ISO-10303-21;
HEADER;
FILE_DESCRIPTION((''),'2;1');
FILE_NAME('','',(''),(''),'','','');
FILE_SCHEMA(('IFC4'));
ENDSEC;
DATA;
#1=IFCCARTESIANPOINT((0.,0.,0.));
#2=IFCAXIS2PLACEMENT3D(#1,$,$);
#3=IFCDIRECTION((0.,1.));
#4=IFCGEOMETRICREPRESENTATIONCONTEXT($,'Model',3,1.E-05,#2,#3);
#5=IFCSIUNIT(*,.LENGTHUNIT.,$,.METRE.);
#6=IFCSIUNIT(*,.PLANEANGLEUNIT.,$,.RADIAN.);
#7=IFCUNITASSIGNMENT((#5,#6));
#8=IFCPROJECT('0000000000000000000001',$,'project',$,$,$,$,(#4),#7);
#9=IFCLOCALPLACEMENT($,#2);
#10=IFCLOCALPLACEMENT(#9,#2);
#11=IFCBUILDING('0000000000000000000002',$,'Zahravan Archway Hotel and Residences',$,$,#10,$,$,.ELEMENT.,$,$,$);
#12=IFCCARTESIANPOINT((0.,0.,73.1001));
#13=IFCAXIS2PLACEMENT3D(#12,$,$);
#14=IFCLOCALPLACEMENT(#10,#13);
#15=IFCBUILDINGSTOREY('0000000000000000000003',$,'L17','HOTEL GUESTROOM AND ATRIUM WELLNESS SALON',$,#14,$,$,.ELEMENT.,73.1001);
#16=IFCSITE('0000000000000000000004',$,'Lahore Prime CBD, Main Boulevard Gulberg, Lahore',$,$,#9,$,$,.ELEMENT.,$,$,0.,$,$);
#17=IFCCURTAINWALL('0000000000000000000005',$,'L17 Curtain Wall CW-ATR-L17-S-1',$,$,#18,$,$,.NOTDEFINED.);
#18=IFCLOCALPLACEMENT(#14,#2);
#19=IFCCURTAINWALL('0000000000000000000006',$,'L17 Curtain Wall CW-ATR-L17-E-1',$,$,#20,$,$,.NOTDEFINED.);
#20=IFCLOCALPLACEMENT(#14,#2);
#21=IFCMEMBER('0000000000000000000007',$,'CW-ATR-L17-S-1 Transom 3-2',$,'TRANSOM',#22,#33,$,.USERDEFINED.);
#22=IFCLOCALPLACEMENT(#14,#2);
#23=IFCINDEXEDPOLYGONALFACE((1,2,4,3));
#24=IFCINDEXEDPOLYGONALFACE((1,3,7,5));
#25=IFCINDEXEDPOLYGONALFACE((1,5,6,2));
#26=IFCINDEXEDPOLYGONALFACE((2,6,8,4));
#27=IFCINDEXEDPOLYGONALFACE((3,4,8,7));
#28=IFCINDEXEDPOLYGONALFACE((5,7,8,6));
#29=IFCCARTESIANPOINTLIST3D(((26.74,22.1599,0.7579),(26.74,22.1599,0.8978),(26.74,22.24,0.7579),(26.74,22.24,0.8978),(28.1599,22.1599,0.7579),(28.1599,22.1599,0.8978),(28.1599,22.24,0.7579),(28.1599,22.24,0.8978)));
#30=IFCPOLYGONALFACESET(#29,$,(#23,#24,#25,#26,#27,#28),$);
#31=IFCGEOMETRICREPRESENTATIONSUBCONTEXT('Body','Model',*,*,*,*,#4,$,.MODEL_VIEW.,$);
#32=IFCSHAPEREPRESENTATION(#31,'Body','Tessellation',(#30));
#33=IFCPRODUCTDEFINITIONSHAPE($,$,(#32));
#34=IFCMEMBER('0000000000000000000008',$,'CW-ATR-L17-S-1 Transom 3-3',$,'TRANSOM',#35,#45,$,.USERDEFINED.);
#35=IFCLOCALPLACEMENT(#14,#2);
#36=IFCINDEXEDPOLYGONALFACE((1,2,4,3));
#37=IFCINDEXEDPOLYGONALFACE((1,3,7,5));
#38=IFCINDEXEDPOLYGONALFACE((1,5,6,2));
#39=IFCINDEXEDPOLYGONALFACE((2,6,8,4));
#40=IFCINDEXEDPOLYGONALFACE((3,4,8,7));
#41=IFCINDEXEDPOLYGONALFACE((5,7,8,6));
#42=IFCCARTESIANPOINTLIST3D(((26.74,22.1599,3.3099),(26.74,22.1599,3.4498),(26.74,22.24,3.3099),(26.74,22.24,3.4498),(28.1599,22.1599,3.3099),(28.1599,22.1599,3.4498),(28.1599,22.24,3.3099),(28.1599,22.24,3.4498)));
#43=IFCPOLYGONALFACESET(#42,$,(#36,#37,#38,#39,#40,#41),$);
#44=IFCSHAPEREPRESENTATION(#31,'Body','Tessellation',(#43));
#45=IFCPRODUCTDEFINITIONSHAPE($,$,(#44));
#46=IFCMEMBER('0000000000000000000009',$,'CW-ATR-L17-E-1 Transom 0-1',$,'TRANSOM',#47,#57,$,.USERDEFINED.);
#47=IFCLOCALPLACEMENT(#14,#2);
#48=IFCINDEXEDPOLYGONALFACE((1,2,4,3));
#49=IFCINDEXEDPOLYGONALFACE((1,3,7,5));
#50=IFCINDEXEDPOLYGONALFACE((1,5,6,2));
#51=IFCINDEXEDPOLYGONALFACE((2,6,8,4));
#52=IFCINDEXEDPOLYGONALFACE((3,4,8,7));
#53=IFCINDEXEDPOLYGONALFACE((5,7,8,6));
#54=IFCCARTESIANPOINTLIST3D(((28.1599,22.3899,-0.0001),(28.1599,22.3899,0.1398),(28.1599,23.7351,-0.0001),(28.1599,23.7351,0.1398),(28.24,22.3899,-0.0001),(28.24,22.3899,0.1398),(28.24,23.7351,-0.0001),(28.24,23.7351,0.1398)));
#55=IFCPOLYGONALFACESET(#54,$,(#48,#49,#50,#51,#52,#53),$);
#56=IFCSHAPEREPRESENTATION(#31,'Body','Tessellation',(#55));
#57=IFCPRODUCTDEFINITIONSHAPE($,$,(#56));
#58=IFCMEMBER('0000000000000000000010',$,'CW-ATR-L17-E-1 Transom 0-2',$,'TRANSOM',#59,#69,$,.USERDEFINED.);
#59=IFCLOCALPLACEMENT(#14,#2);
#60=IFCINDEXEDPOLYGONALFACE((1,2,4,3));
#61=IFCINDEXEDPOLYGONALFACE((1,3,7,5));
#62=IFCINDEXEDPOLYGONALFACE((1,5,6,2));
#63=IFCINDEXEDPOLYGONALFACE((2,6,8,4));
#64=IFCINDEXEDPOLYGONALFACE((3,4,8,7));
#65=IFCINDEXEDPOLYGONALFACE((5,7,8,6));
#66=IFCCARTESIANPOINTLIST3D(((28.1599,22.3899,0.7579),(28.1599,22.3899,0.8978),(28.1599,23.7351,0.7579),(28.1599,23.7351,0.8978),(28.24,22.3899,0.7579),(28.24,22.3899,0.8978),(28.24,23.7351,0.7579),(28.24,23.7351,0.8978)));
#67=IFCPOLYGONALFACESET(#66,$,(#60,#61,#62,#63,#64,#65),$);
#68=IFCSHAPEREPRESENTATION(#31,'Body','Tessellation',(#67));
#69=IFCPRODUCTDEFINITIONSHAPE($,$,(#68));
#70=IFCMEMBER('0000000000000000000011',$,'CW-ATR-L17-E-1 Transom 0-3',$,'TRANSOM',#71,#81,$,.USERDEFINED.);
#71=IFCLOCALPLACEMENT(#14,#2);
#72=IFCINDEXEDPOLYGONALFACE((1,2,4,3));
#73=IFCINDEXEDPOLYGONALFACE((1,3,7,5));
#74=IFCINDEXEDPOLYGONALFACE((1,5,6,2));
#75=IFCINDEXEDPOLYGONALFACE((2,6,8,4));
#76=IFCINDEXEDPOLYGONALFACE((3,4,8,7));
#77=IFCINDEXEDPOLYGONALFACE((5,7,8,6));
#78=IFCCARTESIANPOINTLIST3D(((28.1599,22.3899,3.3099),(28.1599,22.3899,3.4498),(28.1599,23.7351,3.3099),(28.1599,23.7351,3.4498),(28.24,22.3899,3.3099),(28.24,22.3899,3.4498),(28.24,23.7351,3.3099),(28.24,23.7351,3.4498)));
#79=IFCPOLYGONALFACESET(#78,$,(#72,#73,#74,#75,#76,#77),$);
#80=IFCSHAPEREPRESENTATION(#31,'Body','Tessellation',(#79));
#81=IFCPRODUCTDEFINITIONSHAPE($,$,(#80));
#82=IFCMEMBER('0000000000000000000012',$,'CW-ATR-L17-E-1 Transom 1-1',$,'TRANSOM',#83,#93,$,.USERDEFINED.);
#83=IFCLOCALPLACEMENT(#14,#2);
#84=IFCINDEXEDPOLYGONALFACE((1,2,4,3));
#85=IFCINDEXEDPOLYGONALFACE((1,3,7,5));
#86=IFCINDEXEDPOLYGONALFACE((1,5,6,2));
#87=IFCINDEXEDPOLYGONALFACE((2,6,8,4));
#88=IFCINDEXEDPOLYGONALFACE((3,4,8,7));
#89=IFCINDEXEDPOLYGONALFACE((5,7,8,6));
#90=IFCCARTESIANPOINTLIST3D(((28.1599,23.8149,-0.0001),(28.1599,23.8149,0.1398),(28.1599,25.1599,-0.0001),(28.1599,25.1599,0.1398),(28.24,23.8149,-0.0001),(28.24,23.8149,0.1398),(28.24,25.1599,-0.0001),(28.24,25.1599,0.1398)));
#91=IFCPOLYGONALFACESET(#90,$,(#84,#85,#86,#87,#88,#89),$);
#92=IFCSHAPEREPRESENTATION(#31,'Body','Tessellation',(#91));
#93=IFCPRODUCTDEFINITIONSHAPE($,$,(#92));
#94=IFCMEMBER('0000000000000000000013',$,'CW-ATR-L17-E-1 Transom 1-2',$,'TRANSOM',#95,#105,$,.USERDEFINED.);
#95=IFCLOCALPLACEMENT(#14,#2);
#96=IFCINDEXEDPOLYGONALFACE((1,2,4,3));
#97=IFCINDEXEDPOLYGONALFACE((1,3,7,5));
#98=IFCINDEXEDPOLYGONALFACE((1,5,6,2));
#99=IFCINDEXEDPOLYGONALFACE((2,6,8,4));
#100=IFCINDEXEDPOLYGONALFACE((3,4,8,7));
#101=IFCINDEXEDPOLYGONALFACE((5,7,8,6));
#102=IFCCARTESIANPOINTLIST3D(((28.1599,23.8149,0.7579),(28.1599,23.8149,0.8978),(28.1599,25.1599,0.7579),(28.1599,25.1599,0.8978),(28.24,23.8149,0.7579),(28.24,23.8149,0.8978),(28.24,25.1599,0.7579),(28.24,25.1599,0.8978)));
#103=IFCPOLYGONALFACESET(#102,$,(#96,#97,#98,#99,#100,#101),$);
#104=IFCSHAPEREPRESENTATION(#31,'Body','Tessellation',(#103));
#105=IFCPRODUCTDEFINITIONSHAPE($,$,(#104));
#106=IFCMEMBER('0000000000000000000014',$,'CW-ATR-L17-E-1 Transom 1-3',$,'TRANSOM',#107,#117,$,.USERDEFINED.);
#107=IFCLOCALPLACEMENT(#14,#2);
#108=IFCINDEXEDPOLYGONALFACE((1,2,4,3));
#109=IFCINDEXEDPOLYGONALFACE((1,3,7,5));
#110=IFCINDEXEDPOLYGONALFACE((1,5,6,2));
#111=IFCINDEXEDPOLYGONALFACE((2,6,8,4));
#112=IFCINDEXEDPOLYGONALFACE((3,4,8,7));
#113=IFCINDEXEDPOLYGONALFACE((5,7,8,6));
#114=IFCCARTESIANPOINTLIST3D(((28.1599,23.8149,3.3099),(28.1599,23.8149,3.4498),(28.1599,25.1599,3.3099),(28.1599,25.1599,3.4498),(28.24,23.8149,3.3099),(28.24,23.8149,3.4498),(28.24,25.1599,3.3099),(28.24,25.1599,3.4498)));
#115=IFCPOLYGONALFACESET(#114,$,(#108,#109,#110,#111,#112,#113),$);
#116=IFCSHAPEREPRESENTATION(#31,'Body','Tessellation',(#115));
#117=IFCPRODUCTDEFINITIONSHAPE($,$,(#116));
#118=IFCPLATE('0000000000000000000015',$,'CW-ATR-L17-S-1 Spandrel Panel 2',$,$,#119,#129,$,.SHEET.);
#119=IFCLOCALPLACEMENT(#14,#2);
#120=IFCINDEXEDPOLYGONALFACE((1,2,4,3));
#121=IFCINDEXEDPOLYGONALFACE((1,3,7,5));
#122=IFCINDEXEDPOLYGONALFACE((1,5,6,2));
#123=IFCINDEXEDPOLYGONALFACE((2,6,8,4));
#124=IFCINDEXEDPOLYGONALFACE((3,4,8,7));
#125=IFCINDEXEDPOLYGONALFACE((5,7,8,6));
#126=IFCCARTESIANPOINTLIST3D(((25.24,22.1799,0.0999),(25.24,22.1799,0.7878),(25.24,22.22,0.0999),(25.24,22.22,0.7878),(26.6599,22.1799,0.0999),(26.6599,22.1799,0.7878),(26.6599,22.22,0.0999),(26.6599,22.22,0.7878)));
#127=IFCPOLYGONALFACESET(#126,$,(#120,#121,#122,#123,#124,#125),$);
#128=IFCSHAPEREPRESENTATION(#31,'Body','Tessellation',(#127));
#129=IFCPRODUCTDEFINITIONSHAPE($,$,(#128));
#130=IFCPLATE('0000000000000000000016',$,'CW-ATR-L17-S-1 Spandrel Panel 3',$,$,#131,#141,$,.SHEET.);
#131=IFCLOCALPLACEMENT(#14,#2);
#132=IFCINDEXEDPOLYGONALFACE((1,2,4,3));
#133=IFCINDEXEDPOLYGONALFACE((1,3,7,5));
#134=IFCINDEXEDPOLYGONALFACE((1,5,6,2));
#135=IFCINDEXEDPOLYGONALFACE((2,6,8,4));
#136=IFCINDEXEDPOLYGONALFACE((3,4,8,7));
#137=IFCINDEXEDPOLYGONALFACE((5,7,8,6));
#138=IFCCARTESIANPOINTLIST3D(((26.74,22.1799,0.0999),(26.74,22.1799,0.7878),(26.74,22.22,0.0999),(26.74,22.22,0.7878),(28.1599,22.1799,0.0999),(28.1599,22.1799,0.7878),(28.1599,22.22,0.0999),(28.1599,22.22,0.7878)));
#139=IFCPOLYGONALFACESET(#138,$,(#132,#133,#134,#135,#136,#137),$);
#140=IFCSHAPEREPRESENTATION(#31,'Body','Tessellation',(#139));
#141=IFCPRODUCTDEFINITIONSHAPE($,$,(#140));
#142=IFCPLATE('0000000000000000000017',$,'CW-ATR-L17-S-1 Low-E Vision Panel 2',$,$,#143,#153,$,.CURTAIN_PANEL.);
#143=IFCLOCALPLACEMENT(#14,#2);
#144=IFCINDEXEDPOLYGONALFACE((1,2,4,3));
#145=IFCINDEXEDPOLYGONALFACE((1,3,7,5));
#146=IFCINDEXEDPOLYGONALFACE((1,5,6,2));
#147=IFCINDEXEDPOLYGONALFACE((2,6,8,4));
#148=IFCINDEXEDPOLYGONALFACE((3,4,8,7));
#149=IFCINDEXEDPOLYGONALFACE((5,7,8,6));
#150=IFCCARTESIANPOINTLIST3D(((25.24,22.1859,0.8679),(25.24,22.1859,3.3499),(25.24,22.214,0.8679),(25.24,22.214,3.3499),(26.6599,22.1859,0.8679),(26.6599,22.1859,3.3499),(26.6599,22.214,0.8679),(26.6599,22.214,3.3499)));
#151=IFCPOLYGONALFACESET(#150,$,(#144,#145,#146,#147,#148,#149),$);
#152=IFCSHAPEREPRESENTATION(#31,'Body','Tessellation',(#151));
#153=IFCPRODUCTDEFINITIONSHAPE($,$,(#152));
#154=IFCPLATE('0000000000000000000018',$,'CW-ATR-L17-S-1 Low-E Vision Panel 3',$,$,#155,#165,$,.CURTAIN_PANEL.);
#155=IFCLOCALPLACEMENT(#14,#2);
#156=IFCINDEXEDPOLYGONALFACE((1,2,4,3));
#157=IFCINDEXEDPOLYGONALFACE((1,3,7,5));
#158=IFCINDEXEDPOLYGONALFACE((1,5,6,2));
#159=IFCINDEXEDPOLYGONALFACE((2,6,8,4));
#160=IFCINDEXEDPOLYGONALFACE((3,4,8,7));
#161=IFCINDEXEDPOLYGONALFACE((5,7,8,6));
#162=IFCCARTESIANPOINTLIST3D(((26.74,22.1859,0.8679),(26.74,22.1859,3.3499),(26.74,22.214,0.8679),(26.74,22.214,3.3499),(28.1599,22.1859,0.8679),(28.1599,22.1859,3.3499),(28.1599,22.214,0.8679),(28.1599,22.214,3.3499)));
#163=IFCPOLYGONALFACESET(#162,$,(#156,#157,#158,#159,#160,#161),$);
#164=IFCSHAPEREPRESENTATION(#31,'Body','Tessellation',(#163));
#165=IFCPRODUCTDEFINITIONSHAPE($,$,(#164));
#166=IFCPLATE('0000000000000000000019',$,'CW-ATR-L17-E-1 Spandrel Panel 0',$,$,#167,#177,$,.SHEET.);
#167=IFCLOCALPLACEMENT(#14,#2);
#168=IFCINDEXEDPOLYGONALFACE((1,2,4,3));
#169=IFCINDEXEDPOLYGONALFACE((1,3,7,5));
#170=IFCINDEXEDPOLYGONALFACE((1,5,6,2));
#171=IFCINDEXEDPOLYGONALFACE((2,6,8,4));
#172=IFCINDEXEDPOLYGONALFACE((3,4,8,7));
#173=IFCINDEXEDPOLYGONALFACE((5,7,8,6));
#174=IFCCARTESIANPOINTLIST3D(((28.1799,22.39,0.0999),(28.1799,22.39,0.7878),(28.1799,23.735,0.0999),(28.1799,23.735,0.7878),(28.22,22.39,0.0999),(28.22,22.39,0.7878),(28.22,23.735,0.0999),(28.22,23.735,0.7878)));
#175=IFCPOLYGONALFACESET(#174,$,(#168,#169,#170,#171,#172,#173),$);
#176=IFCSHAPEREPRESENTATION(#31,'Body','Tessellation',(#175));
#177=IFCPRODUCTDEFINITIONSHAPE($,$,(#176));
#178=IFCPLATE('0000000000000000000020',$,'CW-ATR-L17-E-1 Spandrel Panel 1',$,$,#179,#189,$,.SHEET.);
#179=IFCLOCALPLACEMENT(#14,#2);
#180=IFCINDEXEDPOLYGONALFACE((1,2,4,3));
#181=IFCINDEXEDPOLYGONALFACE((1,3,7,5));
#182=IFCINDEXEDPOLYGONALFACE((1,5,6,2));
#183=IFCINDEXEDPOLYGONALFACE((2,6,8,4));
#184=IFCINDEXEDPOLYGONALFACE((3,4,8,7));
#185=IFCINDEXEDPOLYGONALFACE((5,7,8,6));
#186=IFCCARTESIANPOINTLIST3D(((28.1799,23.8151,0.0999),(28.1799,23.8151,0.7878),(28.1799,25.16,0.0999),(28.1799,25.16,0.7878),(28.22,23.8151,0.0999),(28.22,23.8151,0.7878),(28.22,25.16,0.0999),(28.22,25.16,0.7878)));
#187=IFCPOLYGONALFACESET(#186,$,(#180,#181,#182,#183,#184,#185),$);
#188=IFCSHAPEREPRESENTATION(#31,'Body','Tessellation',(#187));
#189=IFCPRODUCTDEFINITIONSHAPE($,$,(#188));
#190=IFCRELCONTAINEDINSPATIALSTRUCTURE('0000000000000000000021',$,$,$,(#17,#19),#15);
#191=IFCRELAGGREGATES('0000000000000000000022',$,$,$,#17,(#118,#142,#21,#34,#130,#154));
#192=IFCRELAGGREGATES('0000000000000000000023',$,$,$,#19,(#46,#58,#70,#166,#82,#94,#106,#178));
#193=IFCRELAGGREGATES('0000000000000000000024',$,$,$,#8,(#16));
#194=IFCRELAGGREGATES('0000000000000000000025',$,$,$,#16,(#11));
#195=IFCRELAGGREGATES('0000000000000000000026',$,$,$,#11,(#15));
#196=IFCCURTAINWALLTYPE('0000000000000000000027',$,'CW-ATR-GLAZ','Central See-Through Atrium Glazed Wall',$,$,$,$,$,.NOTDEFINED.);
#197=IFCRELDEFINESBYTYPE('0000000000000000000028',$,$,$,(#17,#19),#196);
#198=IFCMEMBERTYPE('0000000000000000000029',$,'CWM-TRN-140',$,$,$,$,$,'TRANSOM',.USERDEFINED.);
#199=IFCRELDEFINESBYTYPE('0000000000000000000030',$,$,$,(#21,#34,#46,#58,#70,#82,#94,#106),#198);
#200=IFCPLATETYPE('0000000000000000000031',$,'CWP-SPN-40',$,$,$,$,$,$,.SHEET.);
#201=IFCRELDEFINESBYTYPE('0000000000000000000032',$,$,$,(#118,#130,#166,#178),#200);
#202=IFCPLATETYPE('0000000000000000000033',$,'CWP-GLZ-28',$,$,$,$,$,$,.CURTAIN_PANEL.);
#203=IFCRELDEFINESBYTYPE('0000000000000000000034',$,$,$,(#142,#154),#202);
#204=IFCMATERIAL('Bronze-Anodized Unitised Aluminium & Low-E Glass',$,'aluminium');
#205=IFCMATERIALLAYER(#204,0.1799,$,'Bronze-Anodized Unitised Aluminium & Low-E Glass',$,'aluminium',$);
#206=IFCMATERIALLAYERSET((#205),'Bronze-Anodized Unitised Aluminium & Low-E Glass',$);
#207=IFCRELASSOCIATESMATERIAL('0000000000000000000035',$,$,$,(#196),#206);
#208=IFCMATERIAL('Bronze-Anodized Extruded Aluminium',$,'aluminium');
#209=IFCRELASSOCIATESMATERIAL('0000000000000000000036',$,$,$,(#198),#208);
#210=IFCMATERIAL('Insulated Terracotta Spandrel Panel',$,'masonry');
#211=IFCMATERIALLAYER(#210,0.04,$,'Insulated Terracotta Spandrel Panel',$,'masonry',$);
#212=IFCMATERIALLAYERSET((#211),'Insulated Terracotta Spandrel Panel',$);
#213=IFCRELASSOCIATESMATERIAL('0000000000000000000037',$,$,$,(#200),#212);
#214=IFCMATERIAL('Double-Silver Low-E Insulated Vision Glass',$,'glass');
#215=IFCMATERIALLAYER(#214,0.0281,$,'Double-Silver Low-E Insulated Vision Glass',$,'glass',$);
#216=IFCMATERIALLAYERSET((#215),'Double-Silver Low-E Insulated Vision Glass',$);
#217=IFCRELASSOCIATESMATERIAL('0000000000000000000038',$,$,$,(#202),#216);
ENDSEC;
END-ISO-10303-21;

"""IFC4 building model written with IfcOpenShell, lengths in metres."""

from ifc_helpers import new_model, si_unit, direction, frame, origin, origin_2d, place, context, subcontext, project, spatial, rectangle, extrude, source, transform, mapped, material, layer, layer_set, material_profile, profile_set, type_object, element, aggregate, save


model = new_model("IFC4")

# Units and contexts
model_context = context("Model", 3, precision=1e-05, world=origin(), true_north=direction((0.0, 1.0)))
body_context = subcontext(model_context, "Body", "Model", "MODEL_VIEW")
ifc_project = project(units=[si_unit("LENGTHUNIT", "METRE"), si_unit("PLANEANGLEUNIT", "RADIAN")], contexts=[model_context])

# Site, building, storey
site_placement = place(None, origin())
site = spatial("IfcSite", under=ifc_project, at=site_placement, Name="Lahore Prime CBD, Main Boulevard Gulberg, Lahore", CompositionType="ELEMENT", RefElevation=0.0)
building_placement = place(site_placement, origin())
building = spatial("IfcBuilding", under=site, at=building_placement, Name="Zahravan Archway Hotel and Residences", CompositionType="ELEMENT")
storey_placement = place(building_placement, frame((0.0, 0.0, 73.1001)))
storey = spatial("IfcBuildingStorey", under=building, at=storey_placement, Name="L17", Description="HOTEL GUESTROOM AND ATRIUM WELLNESS SALON", CompositionType="ELEMENT", Elevation=73.1001)

# Curtain walls
ifc_material_1 = material(Name="Bronze-Anodized Unitised Aluminium & Low-E Glass", Category="aluminium")
ifc_layer_1 = layer(ifc_material_1, 0.1799, Name="Bronze-Anodized Unitised Aluminium & Low-E Glass", Category="aluminium")
ifc_layer_set_1 = layer_set([ifc_layer_1], Name="Bronze-Anodized Unitised Aluminium & Low-E Glass")
curtain_wall_type = type_object("IfcCurtainWallType", Name="CW-ATR-GLAZ", Description="Central See-Through Atrium Glazed Wall", PredefinedType="NOTDEFINED", material=ifc_layer_set_1)
curtain_wall_1_placement = place(storey_placement, origin())
curtain_wall_1 = element("IfcCurtainWall", 1, at=curtain_wall_1_placement, inside=storey, type_object=curtain_wall_type, Name="L17 Curtain Wall CW-ATR-L17-S-1", PredefinedType="NOTDEFINED")
ifc_material_2 = material(Name="Bronze-Anodized Extruded Aluminium", Category="aluminium")
curtain_wall_2_placement = place(storey_placement, origin())
curtain_wall_2 = element("IfcCurtainWall", 2, at=curtain_wall_2_placement, inside=storey, type_object=curtain_wall_type, Name="L17 Curtain Wall CW-ATR-L17-E-1", PredefinedType="NOTDEFINED")

# Members
ifc_material_profile_1 = material_profile(ifc_material_2, rectangle(XDim=0.0801, YDim=0.1399, at=origin_2d()), Name="TRN 80x140", Category="aluminium")
ifc_profile_set_1 = profile_set([ifc_material_profile_1], Name="Bronze-Anodized Extruded Aluminium")
member_type_1 = type_object("IfcMemberType", Name="CWM-TRN-140", ElementType="TRANSOM", PredefinedType="USERDEFINED", material=ifc_profile_set_1)
shared_shape_1 = source(origin(), body_context, "Body", "SweptSolid", [
    extrude(rectangle(XDim=0.0801, YDim=0.1399, at=origin_2d()), origin(), (0.0, 0.0, 1.0), 1.4199),
])
member_1_placement = place(storey_placement, frame((26.74, 22.2, 0.8279), z_axis=(1.0, 0.0, 0.0), x_axis=(0.0, 1.0, 0.0)))
member_1 = element("IfcMember", 3, at=member_1_placement, type_object=member_type_1, Name="CW-ATR-L17-S-1 Transom 3-2", ObjectType="TRANSOM", PredefinedType="USERDEFINED", context=body_context, shape_type="MappedRepresentation", body=[
    mapped(shared_shape_1, transform((0.0, 0.0, 0.0), scale=1.0)),
])
member_2_placement = place(storey_placement, frame((26.74, 22.2, 3.3799), z_axis=(1.0, 0.0, 0.0), x_axis=(0.0, 1.0, 0.0)))
member_2 = element("IfcMember", 4, at=member_2_placement, type_object=member_type_1, Name="CW-ATR-L17-S-1 Transom 3-3", ObjectType="TRANSOM", PredefinedType="USERDEFINED", context=body_context, shape_type="MappedRepresentation", body=[
    mapped(shared_shape_1, transform((0.0, 0.0, 0.0), scale=1.0)),
])
shared_shape_2 = source(origin(), body_context, "Body", "SweptSolid", [
    extrude(rectangle(XDim=0.0801, YDim=0.1399, at=origin_2d()), origin(), (0.0, 0.0, 1.0), 1.3452),
])
member_3_placement = place(storey_placement, frame((28.2, 22.3899, 0.0698), z_axis=(0.0, 1.0, 0.0), x_axis=(-1.0, 0.0, 0.0)))
member_3 = element("IfcMember", 5, at=member_3_placement, type_object=member_type_1, Name="CW-ATR-L17-E-1 Transom 0-1", ObjectType="TRANSOM", PredefinedType="USERDEFINED", context=body_context, shape_type="MappedRepresentation", body=[
    mapped(shared_shape_2, transform((0.0, 0.0, 0.0), scale=1.0)),
])
member_4_placement = place(storey_placement, frame((28.2, 22.3899, 0.8279), z_axis=(0.0, 1.0, 0.0), x_axis=(-1.0, 0.0, 0.0)))
member_4 = element("IfcMember", 6, at=member_4_placement, type_object=member_type_1, Name="CW-ATR-L17-E-1 Transom 0-2", ObjectType="TRANSOM", PredefinedType="USERDEFINED", context=body_context, shape_type="MappedRepresentation", body=[
    mapped(shared_shape_2, transform((0.0, 0.0, 0.0), scale=1.0)),
])
member_5_placement = place(storey_placement, frame((28.2, 22.3899, 3.3799), z_axis=(0.0, 1.0, 0.0), x_axis=(-1.0, 0.0, 0.0)))
member_5 = element("IfcMember", 7, at=member_5_placement, type_object=member_type_1, Name="CW-ATR-L17-E-1 Transom 0-3", ObjectType="TRANSOM", PredefinedType="USERDEFINED", context=body_context, shape_type="MappedRepresentation", body=[
    mapped(shared_shape_2, transform((0.0, 0.0, 0.0), scale=1.0)),
])
shared_shape_3 = source(origin(), body_context, "Body", "SweptSolid", [
    extrude(rectangle(XDim=0.0801, YDim=0.1399, at=origin_2d()), origin(), (0.0, 0.0, 1.0), 1.345),
])
member_6_placement = place(storey_placement, frame((28.2, 23.8149, 0.0698), z_axis=(0.0, 1.0, 0.0), x_axis=(-1.0, 0.0, 0.0)))
member_6 = element("IfcMember", 8, at=member_6_placement, type_object=member_type_1, Name="CW-ATR-L17-E-1 Transom 1-1", ObjectType="TRANSOM", PredefinedType="USERDEFINED", context=body_context, shape_type="MappedRepresentation", body=[
    mapped(shared_shape_3, transform((0.0, 0.0, 0.0), scale=1.0)),
])
member_7_placement = place(storey_placement, frame((28.2, 23.8149, 0.8279), z_axis=(0.0, 1.0, 0.0), x_axis=(-1.0, 0.0, 0.0)))
member_7 = element("IfcMember", 9, at=member_7_placement, type_object=member_type_1, Name="CW-ATR-L17-E-1 Transom 1-2", ObjectType="TRANSOM", PredefinedType="USERDEFINED", context=body_context, shape_type="MappedRepresentation", body=[
    mapped(shared_shape_3, transform((0.0, 0.0, 0.0), scale=1.0)),
])
member_8_placement = place(storey_placement, frame((28.2, 23.8149, 3.3799), z_axis=(0.0, 1.0, 0.0), x_axis=(-1.0, 0.0, 0.0)))
member_8 = element("IfcMember", 10, at=member_8_placement, type_object=member_type_1, Name="CW-ATR-L17-E-1 Transom 1-3", ObjectType="TRANSOM", PredefinedType="USERDEFINED", context=body_context, shape_type="MappedRepresentation", body=[
    mapped(shared_shape_3, transform((0.0, 0.0, 0.0), scale=1.0)),
])

# Plates
ifc_material_3 = material(Name="Insulated Terracotta Spandrel Panel", Category="masonry")
ifc_layer_2 = layer(ifc_material_3, 0.04, Name="Insulated Terracotta Spandrel Panel", Category="masonry")
ifc_layer_set_2 = layer_set([ifc_layer_2], Name="Insulated Terracotta Spandrel Panel")
plate_type_1 = type_object("IfcPlateType", Name="CWP-SPN-40", PredefinedType="SHEET", material=ifc_layer_set_2)
shared_shape_4 = source(origin(), body_context, "Body", "SweptSolid", [
    extrude(rectangle(XDim=1.4199, YDim=0.04, at=origin_2d()), origin(), (0.0, 0.0, 1.0), 0.688),
])
plate_1_placement = place(storey_placement, frame((25.95, 22.2, 0.0999), z_axis=(0.0, 0.0, 1.0), x_axis=(1.0, 0.0, 0.0)))
plate_1 = element("IfcPlate", 11, at=plate_1_placement, type_object=plate_type_1, Name="CW-ATR-L17-S-1 Spandrel Panel 2", PredefinedType="SHEET", context=body_context, shape_type="MappedRepresentation", body=[
    mapped(shared_shape_4, transform((0.0, 0.0, 0.0), scale=1.0)),
])
plate_2_placement = place(storey_placement, frame((27.45, 22.2, 0.0999), z_axis=(0.0, 0.0, 1.0), x_axis=(1.0, 0.0, 0.0)))
plate_2 = element("IfcPlate", 12, at=plate_2_placement, type_object=plate_type_1, Name="CW-ATR-L17-S-1 Spandrel Panel 3", PredefinedType="SHEET", context=body_context, shape_type="MappedRepresentation", body=[
    mapped(shared_shape_4, transform((0.0, 0.0, 0.0), scale=1.0)),
])
ifc_material_4 = material(Name="Double-Silver Low-E Insulated Vision Glass", Category="glass")
ifc_layer_3 = layer(ifc_material_4, 0.0281, Name="Double-Silver Low-E Insulated Vision Glass", Category="glass")
ifc_layer_set_3 = layer_set([ifc_layer_3], Name="Double-Silver Low-E Insulated Vision Glass")
plate_type_2 = type_object("IfcPlateType", Name="CWP-GLZ-28", PredefinedType="CURTAIN_PANEL", material=ifc_layer_set_3)
shared_shape_5 = source(origin(), body_context, "Body", "SweptSolid", [
    extrude(rectangle(XDim=1.4199, YDim=0.0281, at=origin_2d()), origin(), (0.0, 0.0, 1.0), 2.4819),
])
plate_3_placement = place(storey_placement, frame((25.95, 22.2, 0.8679), z_axis=(0.0, 0.0, 1.0), x_axis=(1.0, 0.0, 0.0)))
plate_3 = element("IfcPlate", 13, at=plate_3_placement, type_object=plate_type_2, Name="CW-ATR-L17-S-1 Low-E Vision Panel 2", PredefinedType="CURTAIN_PANEL", context=body_context, shape_type="MappedRepresentation", body=[
    mapped(shared_shape_5, transform((0.0, 0.0, 0.0), scale=1.0)),
])
plate_4_placement = place(storey_placement, frame((27.45, 22.2, 0.8679), z_axis=(0.0, 0.0, 1.0), x_axis=(1.0, 0.0, 0.0)))
plate_4 = element("IfcPlate", 14, at=plate_4_placement, type_object=plate_type_2, Name="CW-ATR-L17-S-1 Low-E Vision Panel 3", PredefinedType="CURTAIN_PANEL", context=body_context, shape_type="MappedRepresentation", body=[
    mapped(shared_shape_5, transform((0.0, 0.0, 0.0), scale=1.0)),
])
aggregate(curtain_wall_1, [plate_1, plate_3, member_1, member_2, plate_2, plate_4])
shared_shape_6 = source(origin(), body_context, "Body", "SweptSolid", [
    extrude(rectangle(XDim=1.345, YDim=0.04, at=origin_2d()), origin(), (0.0, 0.0, 1.0), 0.688),
])
plate_5_placement = place(storey_placement, frame((28.2, 23.0625, 0.0999), z_axis=(0.0, 0.0, 1.0), x_axis=(0.0, 1.0, 0.0)))
plate_5 = element("IfcPlate", 15, at=plate_5_placement, type_object=plate_type_1, Name="CW-ATR-L17-E-1 Spandrel Panel 0", PredefinedType="SHEET", context=body_context, shape_type="MappedRepresentation", body=[
    mapped(shared_shape_6, transform((0.0, 0.0, 0.0), scale=1.0)),
])
plate_6_placement = place(storey_placement, frame((28.2, 24.4875, 0.0999), z_axis=(0.0, 0.0, 1.0), x_axis=(0.0, 1.0, 0.0)))
plate_6 = element("IfcPlate", 16, at=plate_6_placement, type_object=plate_type_1, Name="CW-ATR-L17-E-1 Spandrel Panel 1", PredefinedType="SHEET", context=body_context, shape_type="MappedRepresentation", body=[
    mapped(shared_shape_6, transform((0.0, 0.0, 0.0), scale=1.0)),
])
aggregate(curtain_wall_2, [member_3, member_4, member_5, plate_5, member_6, member_7, member_8, plate_6])

save(model, "model.ifc")
